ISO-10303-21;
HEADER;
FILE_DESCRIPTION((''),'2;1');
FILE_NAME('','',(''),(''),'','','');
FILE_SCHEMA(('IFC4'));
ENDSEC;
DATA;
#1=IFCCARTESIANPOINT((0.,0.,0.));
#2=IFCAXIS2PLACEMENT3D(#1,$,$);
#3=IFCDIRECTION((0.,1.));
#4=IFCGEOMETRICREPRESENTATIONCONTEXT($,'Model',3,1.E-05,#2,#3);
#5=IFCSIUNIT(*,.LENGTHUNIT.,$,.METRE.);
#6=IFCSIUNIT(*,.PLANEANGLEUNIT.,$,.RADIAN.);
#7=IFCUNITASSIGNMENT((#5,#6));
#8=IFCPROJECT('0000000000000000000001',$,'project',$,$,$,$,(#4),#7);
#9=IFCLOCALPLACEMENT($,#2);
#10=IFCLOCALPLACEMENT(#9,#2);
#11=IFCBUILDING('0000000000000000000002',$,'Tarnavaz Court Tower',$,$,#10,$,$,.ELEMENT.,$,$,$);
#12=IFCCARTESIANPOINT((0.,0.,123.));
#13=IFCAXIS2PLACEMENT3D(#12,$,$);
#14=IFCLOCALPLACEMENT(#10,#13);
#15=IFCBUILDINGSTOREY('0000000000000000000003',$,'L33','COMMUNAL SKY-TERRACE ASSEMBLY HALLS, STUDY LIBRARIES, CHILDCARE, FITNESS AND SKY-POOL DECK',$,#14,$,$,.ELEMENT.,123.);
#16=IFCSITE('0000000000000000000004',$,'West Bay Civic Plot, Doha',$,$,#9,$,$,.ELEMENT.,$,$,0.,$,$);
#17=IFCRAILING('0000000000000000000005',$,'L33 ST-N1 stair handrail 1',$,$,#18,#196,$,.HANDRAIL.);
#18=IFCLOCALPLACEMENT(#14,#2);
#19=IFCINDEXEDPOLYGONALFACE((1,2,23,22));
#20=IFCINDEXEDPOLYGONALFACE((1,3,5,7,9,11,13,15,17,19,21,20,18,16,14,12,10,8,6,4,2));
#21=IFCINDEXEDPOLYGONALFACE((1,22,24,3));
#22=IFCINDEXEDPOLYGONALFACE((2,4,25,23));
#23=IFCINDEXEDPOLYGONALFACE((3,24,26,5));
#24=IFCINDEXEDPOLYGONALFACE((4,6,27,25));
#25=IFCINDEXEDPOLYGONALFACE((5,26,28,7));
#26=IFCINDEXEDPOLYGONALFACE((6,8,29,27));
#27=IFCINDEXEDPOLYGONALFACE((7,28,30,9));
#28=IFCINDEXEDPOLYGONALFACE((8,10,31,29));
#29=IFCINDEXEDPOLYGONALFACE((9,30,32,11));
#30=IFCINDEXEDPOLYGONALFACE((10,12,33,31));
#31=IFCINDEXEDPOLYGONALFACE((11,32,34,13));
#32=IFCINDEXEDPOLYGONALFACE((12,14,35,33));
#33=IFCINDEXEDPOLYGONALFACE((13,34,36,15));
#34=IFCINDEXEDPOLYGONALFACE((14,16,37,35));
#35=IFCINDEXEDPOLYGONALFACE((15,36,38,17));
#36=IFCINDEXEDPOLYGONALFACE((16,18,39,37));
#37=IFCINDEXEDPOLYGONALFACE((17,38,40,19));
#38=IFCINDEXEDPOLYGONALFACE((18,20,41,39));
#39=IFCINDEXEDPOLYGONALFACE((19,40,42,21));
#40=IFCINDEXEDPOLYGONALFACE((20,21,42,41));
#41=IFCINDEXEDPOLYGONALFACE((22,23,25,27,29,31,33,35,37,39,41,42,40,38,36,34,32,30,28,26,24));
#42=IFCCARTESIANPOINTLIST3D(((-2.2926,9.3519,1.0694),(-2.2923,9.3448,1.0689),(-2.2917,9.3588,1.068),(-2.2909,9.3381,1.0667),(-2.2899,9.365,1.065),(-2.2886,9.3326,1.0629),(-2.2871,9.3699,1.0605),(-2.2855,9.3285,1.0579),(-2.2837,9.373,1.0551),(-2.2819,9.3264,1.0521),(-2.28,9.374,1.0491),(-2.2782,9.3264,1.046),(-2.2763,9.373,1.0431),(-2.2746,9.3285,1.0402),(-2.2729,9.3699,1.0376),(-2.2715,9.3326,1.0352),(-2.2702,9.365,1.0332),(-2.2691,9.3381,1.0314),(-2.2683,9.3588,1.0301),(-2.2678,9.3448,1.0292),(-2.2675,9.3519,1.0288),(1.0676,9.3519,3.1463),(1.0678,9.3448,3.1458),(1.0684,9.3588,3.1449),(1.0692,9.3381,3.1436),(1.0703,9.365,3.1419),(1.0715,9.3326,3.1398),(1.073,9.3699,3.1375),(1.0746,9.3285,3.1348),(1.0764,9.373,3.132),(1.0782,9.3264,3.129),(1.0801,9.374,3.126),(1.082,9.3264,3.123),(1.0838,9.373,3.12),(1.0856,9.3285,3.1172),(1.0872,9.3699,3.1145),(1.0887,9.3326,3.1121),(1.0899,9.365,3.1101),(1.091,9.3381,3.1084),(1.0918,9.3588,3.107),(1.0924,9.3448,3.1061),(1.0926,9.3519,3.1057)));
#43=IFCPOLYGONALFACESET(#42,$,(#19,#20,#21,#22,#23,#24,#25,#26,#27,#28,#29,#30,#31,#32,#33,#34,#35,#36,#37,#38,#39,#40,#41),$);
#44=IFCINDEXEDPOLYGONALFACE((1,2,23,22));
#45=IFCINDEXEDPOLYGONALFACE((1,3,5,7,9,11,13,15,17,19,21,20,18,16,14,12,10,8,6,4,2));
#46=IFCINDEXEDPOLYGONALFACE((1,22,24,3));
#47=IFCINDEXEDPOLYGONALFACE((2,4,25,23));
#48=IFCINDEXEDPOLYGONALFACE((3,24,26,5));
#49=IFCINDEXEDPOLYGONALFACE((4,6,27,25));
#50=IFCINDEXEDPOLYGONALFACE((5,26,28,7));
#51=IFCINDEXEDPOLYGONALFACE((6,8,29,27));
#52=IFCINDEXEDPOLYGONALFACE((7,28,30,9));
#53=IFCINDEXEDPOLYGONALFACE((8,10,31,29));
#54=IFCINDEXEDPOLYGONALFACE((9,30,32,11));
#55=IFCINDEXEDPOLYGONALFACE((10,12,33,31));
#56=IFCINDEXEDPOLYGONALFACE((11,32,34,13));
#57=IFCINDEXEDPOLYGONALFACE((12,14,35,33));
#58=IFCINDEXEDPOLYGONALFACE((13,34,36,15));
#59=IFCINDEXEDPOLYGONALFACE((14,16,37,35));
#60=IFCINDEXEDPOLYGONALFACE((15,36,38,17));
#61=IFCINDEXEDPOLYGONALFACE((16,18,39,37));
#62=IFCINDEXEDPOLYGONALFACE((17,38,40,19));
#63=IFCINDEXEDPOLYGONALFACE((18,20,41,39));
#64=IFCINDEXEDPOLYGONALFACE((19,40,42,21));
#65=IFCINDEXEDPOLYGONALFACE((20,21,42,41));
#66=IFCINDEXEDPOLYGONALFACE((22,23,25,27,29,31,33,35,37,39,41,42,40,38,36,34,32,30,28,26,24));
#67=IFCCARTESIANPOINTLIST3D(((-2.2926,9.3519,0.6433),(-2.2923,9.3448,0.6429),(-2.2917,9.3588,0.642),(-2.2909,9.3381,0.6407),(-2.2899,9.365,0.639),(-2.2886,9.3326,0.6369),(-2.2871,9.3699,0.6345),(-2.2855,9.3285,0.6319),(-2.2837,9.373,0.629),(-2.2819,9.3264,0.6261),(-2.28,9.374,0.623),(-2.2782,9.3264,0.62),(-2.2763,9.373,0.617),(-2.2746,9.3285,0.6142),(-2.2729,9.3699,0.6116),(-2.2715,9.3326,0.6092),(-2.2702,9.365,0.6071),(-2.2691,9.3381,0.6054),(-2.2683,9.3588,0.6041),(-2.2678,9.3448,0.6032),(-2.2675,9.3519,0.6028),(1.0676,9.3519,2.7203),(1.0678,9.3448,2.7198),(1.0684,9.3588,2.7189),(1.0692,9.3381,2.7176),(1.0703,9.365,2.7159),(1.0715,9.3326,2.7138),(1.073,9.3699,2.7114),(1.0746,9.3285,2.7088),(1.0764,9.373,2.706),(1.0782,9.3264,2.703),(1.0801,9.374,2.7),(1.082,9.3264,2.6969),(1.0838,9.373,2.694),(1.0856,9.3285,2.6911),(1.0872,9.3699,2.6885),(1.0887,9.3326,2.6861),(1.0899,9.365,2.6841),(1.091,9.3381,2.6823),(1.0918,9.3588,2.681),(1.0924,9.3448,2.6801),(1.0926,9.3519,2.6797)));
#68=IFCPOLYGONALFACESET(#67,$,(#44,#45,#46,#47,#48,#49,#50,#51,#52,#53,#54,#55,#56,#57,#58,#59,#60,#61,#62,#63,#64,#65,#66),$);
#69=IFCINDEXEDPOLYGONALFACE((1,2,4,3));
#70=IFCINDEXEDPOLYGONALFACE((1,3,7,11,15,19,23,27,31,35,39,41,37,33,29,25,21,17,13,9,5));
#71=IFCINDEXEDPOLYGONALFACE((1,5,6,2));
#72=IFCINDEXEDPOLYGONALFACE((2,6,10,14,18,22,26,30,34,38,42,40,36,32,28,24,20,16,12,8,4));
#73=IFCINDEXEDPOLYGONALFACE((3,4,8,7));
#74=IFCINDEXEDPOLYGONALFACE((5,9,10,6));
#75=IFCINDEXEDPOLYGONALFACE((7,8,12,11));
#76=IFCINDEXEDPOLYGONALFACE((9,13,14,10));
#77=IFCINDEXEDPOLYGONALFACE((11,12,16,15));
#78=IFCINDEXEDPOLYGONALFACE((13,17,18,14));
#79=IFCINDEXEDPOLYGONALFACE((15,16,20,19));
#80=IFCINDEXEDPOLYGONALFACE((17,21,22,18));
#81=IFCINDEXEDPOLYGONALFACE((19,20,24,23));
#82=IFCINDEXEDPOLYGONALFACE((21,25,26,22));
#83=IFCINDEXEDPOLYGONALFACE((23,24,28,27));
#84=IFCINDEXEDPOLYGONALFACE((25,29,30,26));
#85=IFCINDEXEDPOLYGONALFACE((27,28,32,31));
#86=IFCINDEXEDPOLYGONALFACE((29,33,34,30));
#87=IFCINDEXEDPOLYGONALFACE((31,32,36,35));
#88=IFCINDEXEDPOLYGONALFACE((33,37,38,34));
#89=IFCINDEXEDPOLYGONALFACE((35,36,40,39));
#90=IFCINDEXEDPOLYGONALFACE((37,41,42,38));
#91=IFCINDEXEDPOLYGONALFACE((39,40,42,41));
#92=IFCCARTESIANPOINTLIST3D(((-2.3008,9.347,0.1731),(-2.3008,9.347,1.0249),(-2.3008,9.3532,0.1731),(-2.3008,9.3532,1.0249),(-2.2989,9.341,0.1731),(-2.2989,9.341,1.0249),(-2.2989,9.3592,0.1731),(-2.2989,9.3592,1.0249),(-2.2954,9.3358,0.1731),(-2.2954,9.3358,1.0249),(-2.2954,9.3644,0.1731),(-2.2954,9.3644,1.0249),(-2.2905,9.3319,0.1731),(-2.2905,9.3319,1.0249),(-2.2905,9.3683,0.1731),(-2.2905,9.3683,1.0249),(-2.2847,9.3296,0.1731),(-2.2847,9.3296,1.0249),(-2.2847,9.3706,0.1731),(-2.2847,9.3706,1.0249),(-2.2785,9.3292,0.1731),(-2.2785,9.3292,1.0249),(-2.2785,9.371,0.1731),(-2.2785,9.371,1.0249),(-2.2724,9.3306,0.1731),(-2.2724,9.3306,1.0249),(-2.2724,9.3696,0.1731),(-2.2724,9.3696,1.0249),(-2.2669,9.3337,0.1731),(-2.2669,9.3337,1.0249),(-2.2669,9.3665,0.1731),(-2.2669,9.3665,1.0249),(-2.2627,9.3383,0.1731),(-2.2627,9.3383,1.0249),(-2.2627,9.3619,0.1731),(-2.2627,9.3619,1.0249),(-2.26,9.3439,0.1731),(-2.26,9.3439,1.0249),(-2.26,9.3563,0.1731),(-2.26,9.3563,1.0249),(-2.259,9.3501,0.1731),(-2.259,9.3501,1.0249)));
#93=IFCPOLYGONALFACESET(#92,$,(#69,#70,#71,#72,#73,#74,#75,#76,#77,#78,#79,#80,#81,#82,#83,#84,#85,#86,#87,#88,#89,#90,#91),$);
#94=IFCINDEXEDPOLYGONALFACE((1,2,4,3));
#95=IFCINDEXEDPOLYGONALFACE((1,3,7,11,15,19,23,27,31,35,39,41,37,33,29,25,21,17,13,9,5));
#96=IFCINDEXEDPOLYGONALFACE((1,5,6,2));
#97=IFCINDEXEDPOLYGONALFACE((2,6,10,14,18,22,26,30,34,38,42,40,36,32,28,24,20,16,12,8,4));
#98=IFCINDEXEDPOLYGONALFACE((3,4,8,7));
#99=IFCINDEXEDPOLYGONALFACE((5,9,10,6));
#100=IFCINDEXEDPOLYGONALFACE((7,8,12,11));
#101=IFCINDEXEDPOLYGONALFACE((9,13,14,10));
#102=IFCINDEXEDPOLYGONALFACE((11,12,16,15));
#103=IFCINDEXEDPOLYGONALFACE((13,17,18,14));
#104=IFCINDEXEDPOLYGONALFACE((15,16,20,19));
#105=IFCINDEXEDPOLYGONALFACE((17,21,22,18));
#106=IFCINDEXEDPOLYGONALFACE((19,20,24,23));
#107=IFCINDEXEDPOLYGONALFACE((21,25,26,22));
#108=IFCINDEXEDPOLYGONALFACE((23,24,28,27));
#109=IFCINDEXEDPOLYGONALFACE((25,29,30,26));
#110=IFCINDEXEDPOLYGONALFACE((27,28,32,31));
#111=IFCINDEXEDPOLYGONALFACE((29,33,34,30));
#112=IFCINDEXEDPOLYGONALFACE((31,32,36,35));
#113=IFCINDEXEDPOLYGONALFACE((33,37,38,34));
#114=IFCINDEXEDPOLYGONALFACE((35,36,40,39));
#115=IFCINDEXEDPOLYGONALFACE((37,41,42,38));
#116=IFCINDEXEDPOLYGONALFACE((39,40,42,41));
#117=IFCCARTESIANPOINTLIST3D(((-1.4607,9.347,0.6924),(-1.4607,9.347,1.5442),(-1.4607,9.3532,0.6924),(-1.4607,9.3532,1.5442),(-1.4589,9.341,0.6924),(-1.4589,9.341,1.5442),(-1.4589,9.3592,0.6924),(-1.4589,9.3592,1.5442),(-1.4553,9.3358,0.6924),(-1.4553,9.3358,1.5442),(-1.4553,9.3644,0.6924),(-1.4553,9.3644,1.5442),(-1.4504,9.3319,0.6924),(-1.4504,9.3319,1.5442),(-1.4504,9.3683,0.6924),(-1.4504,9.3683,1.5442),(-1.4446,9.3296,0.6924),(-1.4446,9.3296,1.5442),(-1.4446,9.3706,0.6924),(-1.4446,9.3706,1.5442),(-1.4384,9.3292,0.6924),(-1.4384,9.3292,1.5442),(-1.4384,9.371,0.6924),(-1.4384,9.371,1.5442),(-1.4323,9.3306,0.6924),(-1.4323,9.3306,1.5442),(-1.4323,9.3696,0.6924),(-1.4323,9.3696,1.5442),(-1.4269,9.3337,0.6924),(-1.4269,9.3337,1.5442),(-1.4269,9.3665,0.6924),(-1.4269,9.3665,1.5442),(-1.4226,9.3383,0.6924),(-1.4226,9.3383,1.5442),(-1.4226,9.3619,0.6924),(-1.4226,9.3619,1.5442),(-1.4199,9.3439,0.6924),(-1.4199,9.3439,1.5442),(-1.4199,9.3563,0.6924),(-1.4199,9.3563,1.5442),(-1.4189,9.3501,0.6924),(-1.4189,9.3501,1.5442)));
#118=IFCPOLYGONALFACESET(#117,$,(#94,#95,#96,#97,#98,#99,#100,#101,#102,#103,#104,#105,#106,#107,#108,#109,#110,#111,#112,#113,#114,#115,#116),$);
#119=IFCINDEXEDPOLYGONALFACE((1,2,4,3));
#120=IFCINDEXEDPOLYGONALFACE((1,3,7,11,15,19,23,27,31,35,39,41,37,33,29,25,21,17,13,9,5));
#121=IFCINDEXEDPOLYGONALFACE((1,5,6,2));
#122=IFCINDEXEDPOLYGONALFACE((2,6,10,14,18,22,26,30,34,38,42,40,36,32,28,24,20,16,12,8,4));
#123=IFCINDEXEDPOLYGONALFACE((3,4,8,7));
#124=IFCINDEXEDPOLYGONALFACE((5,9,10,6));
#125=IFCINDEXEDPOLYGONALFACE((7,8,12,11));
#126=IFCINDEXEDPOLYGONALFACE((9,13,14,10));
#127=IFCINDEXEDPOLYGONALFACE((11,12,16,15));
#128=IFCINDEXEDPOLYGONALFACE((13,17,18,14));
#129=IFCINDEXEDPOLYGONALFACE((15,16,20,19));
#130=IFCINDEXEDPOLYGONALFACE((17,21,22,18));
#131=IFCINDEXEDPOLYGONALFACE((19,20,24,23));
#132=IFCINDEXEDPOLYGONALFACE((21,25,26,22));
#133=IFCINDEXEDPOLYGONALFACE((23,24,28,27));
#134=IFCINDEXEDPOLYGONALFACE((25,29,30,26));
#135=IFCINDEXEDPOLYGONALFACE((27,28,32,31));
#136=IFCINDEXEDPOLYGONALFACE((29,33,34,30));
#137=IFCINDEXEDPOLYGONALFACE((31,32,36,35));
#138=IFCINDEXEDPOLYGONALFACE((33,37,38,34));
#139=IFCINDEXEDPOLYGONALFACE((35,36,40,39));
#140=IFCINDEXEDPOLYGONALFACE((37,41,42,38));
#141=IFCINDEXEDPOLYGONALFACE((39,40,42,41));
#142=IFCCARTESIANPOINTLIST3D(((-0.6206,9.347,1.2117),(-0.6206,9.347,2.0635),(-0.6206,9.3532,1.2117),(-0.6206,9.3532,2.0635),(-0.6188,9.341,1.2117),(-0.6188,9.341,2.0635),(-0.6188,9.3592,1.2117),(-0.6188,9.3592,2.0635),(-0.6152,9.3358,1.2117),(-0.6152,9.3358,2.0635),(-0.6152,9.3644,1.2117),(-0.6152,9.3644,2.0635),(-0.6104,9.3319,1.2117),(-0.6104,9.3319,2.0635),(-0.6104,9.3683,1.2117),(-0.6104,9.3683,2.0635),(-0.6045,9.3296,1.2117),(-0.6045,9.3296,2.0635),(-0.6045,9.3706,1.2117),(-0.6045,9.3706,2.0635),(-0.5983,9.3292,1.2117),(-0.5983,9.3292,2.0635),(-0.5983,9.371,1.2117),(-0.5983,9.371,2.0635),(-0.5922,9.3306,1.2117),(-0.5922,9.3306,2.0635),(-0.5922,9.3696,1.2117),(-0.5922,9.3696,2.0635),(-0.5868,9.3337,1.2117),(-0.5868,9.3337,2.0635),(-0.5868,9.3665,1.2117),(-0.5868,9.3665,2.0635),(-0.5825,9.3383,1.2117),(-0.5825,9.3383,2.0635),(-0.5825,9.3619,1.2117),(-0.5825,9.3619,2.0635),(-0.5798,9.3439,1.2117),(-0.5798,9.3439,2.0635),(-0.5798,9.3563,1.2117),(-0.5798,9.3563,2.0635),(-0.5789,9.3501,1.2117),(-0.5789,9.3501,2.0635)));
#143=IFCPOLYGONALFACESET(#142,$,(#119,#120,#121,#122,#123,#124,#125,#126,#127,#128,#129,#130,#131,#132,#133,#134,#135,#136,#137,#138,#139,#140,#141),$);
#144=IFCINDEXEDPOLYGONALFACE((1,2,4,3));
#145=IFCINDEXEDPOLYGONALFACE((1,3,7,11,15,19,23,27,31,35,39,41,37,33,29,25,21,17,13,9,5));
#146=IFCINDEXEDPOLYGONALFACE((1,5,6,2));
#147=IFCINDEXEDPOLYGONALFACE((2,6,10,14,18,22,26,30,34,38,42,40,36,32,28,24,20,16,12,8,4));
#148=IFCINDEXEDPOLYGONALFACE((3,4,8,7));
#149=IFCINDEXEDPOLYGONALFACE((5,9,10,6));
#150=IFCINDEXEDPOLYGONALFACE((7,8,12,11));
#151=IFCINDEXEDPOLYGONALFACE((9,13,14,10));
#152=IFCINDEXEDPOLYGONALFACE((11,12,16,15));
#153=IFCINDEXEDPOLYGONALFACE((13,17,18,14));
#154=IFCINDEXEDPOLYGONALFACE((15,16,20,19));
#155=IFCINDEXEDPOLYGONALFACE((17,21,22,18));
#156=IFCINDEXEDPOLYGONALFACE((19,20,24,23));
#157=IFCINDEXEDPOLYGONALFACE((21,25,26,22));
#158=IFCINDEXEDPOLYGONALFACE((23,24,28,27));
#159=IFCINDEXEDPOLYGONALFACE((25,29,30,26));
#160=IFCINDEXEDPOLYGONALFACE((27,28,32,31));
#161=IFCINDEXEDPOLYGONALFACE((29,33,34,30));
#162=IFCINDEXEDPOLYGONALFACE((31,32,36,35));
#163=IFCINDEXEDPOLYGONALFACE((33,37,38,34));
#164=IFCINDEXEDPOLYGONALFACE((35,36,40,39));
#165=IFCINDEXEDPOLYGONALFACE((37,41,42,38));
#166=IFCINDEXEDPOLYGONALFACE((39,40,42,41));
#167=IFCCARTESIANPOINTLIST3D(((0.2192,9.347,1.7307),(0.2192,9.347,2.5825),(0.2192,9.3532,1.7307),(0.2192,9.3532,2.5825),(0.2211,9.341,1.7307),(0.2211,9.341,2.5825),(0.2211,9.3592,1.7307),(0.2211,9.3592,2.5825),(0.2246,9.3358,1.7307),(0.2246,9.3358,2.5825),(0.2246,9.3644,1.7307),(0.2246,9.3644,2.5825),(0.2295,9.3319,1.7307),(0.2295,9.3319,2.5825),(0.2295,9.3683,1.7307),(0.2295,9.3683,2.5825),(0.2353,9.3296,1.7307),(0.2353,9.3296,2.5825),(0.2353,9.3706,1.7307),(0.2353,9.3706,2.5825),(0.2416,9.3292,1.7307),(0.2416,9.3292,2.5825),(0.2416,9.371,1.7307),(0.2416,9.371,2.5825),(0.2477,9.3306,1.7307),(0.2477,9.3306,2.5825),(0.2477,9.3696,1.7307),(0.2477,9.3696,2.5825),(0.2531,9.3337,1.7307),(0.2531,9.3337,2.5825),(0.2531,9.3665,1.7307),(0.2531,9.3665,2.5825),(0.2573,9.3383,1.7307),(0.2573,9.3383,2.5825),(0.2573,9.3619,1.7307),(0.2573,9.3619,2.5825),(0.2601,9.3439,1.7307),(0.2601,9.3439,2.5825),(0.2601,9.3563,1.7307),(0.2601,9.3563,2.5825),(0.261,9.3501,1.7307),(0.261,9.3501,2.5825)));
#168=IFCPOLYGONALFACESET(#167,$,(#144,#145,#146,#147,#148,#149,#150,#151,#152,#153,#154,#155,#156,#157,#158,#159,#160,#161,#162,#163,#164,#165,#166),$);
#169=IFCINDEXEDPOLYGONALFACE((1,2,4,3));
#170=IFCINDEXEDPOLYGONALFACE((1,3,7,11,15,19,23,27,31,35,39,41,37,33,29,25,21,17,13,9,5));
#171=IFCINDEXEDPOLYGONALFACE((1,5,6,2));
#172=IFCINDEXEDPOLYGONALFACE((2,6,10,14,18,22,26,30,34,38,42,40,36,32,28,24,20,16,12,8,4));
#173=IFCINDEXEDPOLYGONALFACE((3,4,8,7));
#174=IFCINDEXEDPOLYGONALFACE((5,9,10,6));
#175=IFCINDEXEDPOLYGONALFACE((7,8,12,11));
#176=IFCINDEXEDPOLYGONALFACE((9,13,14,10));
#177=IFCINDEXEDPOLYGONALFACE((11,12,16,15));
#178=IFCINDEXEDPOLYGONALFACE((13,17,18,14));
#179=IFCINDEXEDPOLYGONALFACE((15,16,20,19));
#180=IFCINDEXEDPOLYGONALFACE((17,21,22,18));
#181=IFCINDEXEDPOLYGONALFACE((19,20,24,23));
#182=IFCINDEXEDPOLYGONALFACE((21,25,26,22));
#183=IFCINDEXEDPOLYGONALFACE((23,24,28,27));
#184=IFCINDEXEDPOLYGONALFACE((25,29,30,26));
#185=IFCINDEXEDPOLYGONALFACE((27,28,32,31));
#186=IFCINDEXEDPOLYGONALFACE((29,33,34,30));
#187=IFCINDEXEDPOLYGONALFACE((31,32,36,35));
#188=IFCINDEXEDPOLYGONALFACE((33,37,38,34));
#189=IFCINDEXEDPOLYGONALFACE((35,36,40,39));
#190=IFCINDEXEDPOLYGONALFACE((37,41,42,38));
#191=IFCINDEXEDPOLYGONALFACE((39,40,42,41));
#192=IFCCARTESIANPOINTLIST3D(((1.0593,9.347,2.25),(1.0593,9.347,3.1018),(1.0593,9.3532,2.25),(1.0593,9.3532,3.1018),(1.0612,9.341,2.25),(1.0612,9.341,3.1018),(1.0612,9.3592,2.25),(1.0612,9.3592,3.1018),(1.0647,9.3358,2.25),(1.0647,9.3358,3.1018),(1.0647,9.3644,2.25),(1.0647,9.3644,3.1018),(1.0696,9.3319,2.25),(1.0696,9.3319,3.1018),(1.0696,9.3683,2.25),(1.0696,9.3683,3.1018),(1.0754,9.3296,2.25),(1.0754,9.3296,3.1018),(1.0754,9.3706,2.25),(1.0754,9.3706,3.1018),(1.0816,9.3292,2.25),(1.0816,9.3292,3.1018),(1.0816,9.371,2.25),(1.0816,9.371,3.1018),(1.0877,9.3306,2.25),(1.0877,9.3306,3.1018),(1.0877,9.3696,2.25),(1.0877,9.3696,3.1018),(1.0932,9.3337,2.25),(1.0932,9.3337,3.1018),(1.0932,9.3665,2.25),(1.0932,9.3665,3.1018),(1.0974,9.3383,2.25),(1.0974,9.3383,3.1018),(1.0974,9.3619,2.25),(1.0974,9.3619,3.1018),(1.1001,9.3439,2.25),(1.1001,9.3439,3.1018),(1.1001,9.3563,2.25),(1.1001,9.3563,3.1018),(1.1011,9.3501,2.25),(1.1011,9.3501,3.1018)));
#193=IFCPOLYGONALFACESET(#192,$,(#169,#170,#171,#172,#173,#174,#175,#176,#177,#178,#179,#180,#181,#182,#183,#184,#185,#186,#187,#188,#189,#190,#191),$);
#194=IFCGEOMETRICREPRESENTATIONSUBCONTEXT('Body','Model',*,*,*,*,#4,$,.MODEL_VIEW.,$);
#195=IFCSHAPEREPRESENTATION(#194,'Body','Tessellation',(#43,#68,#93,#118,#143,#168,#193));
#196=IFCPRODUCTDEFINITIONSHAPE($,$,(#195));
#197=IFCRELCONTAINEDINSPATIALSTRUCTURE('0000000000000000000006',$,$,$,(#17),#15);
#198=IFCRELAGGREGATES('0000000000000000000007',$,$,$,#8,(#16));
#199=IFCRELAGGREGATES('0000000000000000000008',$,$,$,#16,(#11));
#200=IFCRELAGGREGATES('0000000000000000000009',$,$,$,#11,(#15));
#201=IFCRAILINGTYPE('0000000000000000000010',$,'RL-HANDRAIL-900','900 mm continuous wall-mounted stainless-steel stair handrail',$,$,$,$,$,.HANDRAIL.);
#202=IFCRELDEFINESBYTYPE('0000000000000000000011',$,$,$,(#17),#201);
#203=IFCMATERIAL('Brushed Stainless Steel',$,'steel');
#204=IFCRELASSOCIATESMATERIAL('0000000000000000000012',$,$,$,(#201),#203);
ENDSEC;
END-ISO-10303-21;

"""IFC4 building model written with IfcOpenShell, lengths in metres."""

from ifc_helpers import new_model, si_unit, direction, frame, origin, origin_2d, place, context, subcontext, project, spatial, circle, extrude, material, type_object, element, save


model = new_model("IFC4")

# Units and contexts
model_context = context("Model", 3, precision=1e-05, world=origin(), true_north=direction((0.0, 1.0)))
body_context = subcontext(model_context, "Body", "Model", "MODEL_VIEW")
ifc_project = project(units=[si_unit("LENGTHUNIT", "METRE"), si_unit("PLANEANGLEUNIT", "RADIAN")], contexts=[model_context])

# Site, building, storey
site_placement = place(None, origin())
site = spatial("IfcSite", under=ifc_project, at=site_placement, Name="West Bay Civic Plot, Doha", CompositionType="ELEMENT", RefElevation=0.0)
building_placement = place(site_placement, origin())
building = spatial("IfcBuilding", under=site, at=building_placement, Name="Tarnavaz Court Tower", CompositionType="ELEMENT")
storey_placement = place(building_placement, frame((0.0, 0.0, 123.0)))
storey = spatial("IfcBuildingStorey", under=building, at=storey_placement, Name="L33", Description="COMMUNAL SKY-TERRACE ASSEMBLY HALLS, STUDY LIBRARIES, CHILDCARE, FITNESS AND SKY-POOL DECK", CompositionType="ELEMENT", Elevation=123.0)

# Railing
ifc_material_1 = material(Name="Brushed Stainless Steel", Category="steel")
railing_type_1 = type_object("IfcRailingType", Name="RL-HANDRAIL-900", Description="900 mm continuous wall-mounted stainless-steel stair handrail", PredefinedType="HANDRAIL", material=ifc_material_1)
railing_1_placement = place(storey_placement, frame((-2.28, 9.3501, 0.1731)))
element("IfcRailing", 1, at=railing_1_placement, inside=storey, type_object=railing_type_1, Name="L33 ST-N1 stair handrail 1", PredefinedType="HANDRAIL", context=body_context, shape_type="SweptSolid", body=[
    extrude(circle(Radius=0.0239, at=origin_2d()), frame((0.0, 0.0, 0.876), z_axis=(0.850623, 0.0, 0.525776), x_axis=(0.0, 1.0, 0.0)), (0.0, 0.0, 1.0), 3.9502),
    extrude(circle(Radius=0.0239, at=origin_2d()), frame((0.0, 0.0, 0.45), z_axis=(0.850623, 0.0, 0.525776), x_axis=(0.0, 1.0, 0.0)), (0.0, 0.0, 1.0), 3.9502),
    extrude(circle(Radius=0.021, at=origin_2d()), origin(), (0.0, 0.0, 1.0), 0.8518),
    extrude(circle(Radius=0.021, at=origin_2d()), frame((0.8401, 0.0, 0.5193)), (0.0, 0.0, 1.0), 0.8518),
    extrude(circle(Radius=0.021, at=origin_2d()), frame((1.6802, 0.0, 1.0386)), (0.0, 0.0, 1.0), 0.8518),
    extrude(circle(Radius=0.021, at=origin_2d()), frame((2.52, 0.0, 1.5576)), (0.0, 0.0, 1.0), 0.8518),
    extrude(circle(Radius=0.021, at=origin_2d()), frame((3.3601, 0.0, 2.0769)), (0.0, 0.0, 1.0), 0.8518),
])

save(model, "model.ifc")
